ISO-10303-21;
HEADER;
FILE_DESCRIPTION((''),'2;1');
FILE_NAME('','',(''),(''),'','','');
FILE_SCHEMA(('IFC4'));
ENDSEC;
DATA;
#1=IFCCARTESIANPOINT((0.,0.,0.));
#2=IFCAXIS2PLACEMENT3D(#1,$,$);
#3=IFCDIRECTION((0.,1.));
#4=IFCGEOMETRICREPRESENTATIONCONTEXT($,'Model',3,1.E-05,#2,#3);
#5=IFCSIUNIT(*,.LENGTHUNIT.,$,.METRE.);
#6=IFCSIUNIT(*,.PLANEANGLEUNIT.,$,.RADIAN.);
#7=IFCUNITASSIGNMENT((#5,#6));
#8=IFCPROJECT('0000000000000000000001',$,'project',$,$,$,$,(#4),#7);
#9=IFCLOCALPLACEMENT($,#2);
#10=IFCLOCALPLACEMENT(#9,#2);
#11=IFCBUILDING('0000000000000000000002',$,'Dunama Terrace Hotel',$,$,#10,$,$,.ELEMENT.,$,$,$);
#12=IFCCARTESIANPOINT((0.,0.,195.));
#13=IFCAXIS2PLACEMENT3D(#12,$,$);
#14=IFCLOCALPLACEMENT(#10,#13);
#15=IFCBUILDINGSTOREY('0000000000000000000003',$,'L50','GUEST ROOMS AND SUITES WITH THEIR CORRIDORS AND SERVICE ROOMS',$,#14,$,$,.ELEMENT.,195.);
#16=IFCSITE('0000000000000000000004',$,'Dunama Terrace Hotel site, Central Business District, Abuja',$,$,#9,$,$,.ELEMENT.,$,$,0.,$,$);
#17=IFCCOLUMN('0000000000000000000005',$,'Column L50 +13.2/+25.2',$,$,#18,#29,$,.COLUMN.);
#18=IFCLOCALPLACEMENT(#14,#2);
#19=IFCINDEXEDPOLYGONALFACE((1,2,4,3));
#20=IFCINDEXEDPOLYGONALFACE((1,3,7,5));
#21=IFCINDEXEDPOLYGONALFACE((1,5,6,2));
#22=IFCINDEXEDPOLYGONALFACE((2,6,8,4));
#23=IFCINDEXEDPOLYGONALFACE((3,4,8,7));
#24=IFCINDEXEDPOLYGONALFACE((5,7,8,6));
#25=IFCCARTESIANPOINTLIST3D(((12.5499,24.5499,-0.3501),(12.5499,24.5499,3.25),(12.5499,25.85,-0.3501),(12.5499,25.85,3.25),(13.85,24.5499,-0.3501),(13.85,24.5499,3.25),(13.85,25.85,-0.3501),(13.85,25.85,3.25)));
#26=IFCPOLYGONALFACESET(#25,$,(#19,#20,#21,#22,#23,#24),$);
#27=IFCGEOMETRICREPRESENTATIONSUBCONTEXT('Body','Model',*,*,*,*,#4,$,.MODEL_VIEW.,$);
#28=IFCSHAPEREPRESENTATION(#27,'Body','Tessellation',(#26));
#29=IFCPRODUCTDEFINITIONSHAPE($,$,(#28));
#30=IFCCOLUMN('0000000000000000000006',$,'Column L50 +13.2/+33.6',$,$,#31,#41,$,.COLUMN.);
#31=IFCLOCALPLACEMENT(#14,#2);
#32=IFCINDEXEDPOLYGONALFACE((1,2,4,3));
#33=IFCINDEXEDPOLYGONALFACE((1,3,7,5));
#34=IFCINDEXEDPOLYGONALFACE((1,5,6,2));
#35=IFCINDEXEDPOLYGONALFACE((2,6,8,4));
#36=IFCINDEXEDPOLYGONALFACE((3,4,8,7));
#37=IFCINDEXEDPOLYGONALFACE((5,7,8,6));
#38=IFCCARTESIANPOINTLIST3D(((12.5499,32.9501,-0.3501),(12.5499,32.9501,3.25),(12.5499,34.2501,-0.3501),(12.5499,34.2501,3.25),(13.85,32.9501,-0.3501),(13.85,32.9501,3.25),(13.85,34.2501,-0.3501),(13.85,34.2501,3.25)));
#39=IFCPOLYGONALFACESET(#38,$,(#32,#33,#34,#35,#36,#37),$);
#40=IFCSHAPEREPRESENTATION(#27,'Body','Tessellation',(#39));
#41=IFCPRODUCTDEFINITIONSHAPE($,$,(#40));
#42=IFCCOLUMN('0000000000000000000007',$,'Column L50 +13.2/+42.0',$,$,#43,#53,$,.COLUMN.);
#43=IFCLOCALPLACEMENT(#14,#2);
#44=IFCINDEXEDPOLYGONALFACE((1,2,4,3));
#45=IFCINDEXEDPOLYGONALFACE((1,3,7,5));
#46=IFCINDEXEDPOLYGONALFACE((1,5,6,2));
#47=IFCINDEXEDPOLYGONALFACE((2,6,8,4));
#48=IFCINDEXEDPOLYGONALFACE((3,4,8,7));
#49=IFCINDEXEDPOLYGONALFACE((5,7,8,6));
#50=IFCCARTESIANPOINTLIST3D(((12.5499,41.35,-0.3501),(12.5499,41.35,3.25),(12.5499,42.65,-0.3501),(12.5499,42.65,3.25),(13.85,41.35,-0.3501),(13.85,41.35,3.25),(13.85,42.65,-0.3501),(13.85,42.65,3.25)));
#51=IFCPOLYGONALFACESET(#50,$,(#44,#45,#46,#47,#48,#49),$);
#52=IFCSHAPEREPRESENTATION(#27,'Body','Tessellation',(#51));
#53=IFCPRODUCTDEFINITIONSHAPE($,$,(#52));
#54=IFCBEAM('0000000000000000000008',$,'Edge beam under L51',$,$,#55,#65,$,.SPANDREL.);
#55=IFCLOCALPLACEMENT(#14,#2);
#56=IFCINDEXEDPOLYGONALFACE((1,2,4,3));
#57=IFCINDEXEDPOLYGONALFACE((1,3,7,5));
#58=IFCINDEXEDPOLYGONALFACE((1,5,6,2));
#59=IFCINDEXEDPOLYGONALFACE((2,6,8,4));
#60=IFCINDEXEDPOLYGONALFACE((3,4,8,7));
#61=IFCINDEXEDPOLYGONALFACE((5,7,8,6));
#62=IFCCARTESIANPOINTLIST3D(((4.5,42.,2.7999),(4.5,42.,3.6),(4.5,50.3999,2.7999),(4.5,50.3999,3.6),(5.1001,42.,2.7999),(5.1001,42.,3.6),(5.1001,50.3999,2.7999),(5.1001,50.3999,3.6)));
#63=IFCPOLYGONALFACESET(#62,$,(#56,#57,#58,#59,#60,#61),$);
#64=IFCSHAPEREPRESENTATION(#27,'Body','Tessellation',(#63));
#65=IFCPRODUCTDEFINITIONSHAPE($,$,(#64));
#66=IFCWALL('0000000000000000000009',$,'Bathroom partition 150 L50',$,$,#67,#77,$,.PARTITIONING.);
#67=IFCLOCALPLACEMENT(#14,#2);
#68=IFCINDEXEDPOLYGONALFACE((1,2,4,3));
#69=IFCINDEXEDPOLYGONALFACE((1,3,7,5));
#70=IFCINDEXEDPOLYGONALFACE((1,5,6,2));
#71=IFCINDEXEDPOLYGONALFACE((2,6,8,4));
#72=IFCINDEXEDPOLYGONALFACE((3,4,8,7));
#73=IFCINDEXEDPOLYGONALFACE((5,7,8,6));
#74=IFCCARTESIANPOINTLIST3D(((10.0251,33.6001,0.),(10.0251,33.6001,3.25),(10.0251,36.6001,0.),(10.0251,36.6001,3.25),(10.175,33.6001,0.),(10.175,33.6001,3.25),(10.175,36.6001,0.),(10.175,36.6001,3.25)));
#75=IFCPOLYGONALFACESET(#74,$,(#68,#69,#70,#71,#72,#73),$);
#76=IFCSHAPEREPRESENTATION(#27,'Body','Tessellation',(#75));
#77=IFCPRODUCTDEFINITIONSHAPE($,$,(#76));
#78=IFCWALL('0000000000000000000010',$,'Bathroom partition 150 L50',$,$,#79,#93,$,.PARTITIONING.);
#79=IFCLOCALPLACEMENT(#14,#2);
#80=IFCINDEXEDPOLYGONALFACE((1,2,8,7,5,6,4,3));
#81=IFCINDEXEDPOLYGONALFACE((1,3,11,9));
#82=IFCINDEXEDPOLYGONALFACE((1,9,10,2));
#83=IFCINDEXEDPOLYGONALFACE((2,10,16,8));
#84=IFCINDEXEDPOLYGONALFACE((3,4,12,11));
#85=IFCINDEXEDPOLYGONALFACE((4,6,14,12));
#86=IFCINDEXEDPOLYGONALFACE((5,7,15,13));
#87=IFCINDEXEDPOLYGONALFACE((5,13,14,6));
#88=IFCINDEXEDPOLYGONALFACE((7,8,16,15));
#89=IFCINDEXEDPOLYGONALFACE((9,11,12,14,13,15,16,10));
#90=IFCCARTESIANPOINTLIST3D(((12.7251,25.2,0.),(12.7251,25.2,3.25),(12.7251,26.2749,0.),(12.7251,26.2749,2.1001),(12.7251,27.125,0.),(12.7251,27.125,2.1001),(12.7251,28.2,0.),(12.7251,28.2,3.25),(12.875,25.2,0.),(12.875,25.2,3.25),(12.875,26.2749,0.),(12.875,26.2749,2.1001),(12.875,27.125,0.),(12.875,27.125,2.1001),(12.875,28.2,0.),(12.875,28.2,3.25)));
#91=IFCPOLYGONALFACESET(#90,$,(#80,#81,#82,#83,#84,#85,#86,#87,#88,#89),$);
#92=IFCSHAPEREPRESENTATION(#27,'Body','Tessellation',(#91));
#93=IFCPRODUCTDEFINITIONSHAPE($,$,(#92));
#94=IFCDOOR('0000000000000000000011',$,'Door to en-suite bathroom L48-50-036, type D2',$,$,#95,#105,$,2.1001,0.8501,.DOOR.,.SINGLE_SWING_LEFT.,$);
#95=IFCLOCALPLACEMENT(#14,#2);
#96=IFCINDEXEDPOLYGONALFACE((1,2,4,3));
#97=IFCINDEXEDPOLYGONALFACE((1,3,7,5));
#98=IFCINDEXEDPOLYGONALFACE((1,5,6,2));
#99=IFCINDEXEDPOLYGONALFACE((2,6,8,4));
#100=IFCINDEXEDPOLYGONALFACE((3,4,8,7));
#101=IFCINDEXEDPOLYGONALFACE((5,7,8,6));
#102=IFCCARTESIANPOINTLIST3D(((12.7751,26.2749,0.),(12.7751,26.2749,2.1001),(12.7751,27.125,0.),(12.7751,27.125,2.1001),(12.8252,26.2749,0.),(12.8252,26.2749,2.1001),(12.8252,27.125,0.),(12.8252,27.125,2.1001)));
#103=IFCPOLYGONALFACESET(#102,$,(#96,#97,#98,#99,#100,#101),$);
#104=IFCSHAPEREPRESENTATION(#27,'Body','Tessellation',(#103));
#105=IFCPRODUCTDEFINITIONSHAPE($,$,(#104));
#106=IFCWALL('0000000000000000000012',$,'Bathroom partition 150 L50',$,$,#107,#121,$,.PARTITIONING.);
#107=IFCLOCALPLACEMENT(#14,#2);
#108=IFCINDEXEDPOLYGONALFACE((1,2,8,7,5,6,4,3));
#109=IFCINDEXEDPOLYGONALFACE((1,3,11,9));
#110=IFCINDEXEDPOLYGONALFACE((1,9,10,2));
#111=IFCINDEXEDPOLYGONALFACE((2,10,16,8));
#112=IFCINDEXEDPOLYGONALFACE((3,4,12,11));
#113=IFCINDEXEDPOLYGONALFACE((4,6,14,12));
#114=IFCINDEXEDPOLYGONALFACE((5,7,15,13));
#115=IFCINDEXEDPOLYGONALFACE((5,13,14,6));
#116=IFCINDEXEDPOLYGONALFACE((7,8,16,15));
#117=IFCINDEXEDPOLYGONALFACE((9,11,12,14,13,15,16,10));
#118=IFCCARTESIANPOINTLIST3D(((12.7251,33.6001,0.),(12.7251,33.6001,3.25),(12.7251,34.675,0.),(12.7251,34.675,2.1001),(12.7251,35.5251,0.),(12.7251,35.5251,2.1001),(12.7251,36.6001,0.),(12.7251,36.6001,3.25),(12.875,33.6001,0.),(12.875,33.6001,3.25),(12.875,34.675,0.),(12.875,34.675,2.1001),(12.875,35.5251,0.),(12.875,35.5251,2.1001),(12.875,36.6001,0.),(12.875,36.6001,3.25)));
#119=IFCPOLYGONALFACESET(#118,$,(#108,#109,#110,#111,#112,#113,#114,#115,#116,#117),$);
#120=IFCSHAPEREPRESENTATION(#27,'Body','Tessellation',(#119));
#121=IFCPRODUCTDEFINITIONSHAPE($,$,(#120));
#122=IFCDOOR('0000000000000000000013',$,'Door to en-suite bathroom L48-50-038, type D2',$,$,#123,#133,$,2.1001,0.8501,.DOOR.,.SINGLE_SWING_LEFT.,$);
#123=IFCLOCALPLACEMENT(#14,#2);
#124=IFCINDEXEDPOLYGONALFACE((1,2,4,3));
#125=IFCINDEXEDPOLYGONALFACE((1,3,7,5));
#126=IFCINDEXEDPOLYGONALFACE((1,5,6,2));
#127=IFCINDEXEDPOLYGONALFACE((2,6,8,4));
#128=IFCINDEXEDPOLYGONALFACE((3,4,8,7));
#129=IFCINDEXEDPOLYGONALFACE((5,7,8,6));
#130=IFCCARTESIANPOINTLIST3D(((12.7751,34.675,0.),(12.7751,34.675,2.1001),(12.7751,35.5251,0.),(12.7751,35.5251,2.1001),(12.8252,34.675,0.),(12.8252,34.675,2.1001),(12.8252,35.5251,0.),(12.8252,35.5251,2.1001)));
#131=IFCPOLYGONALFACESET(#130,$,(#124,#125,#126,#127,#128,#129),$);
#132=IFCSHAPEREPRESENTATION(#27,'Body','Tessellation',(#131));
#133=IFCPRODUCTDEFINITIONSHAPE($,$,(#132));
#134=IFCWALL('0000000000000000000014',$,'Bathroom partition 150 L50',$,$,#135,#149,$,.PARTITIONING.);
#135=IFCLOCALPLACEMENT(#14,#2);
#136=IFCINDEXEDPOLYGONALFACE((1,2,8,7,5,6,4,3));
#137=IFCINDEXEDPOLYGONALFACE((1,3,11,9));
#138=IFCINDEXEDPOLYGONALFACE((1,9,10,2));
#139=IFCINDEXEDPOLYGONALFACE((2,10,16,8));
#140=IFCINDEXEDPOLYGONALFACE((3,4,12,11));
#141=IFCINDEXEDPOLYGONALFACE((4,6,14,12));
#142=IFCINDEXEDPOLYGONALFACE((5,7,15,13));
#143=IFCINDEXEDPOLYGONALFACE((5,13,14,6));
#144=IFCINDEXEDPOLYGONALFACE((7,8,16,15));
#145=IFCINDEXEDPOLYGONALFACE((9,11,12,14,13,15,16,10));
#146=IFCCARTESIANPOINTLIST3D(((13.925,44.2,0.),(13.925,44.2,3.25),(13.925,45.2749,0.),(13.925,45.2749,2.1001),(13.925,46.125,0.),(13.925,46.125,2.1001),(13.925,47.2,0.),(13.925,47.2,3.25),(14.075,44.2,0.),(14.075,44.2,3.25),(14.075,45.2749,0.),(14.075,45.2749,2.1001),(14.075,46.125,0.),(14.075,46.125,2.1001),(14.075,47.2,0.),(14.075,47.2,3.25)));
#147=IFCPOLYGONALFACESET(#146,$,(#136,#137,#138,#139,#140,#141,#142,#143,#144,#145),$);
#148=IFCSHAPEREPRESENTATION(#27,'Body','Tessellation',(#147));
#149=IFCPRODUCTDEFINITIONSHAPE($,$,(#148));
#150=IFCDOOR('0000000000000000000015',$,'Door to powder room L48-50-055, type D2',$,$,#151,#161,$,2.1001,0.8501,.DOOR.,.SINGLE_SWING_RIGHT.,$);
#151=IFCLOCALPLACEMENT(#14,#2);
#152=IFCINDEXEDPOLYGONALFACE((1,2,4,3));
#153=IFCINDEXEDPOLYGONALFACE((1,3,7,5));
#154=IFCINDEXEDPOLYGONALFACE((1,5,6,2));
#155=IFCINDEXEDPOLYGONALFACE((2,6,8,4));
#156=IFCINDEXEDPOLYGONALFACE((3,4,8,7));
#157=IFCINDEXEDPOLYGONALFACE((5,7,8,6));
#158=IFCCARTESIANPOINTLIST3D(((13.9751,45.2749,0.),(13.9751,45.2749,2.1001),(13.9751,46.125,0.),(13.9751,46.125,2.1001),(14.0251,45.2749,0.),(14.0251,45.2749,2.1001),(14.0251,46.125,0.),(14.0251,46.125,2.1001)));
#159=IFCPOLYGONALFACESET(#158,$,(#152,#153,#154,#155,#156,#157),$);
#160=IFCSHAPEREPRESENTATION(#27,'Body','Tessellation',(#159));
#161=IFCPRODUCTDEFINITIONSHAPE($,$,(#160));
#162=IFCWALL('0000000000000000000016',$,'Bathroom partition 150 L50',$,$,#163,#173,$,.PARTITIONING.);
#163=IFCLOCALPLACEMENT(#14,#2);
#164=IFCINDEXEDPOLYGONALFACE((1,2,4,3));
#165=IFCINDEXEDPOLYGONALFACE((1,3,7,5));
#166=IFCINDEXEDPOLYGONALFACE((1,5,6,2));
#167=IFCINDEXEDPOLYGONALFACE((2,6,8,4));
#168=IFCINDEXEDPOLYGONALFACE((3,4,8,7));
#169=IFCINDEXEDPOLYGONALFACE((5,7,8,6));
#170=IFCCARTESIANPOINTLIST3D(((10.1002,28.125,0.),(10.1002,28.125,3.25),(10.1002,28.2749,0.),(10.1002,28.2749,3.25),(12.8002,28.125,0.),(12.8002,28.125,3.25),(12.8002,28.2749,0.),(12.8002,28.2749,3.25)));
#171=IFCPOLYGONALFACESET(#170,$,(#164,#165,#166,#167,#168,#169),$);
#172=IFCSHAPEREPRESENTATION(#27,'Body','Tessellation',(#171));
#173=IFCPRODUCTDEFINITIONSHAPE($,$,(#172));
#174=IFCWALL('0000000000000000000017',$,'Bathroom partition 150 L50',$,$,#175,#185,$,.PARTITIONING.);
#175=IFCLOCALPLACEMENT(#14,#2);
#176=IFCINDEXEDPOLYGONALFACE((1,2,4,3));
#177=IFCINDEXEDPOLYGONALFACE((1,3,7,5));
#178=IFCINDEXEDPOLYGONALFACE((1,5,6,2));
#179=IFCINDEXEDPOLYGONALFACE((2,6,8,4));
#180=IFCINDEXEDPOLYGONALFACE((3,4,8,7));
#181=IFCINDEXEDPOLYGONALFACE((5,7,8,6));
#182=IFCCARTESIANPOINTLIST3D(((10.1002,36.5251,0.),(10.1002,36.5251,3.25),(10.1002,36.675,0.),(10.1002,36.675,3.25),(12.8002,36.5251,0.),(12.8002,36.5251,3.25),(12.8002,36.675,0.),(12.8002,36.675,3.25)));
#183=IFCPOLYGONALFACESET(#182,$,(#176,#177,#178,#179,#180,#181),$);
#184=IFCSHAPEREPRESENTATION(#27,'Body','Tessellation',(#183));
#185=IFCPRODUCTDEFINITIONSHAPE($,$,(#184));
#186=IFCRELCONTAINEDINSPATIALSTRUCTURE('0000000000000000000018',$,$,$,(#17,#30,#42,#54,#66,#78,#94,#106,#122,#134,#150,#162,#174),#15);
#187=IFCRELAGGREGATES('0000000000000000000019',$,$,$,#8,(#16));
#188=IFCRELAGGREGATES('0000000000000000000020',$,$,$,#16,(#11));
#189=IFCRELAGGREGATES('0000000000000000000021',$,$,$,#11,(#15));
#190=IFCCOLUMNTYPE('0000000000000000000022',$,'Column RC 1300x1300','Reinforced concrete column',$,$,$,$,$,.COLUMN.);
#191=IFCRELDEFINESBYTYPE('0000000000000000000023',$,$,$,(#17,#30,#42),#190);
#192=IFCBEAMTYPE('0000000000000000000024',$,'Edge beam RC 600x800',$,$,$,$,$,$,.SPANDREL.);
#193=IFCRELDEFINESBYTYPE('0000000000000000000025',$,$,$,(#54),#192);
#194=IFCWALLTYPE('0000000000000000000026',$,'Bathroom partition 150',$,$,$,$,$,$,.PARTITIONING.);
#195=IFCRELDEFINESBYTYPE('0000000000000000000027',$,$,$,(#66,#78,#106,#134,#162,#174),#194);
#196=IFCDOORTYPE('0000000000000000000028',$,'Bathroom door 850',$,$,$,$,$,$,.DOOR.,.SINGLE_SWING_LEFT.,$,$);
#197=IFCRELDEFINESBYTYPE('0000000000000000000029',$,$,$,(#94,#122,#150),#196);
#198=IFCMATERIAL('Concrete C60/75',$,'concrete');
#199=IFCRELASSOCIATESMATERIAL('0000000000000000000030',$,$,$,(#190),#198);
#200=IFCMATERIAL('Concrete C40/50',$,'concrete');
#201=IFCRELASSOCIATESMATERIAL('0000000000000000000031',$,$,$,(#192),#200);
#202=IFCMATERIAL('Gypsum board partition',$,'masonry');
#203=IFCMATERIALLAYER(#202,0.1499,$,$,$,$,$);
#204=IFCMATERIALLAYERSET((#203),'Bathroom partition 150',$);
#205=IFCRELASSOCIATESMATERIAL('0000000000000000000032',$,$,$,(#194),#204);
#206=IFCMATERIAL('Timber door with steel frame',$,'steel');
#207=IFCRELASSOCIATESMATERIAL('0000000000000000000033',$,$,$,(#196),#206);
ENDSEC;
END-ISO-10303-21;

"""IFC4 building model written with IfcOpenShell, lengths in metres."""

from ifc_helpers import new_model, si_unit, direction, frame, frame_2d, origin, origin_2d, place, context, subcontext, project, spatial, rectangle, extrude, material, layer, layer_set, material_profile, profile_set, type_object, element, fill, save


model = new_model("IFC4")

# Units and contexts
model_context = context("Model", 3, precision=1e-05, world=origin(), true_north=direction((0.0, 1.0)))
body_context = subcontext(model_context, "Body", "Model", "MODEL_VIEW")
ifc_project = project(units=[si_unit("LENGTHUNIT", "METRE"), si_unit("PLANEANGLEUNIT", "RADIAN")], contexts=[model_context])

# Site, building, storey
site_placement = place(None, origin())
site = spatial("IfcSite", under=ifc_project, at=site_placement, Name="Dunama Terrace Hotel site, Central Business District, Abuja", CompositionType="ELEMENT", RefElevation=0.0)
building_placement = place(site_placement, origin())
building = spatial("IfcBuilding", under=site, at=building_placement, Name="Dunama Terrace Hotel", CompositionType="ELEMENT")
storey_placement = place(building_placement, frame((0.0, 0.0, 195.0)))
storey = spatial("IfcBuildingStorey", under=building, at=storey_placement, Name="L50", Description="GUEST ROOMS AND SUITES WITH THEIR CORRIDORS AND SERVICE ROOMS", CompositionType="ELEMENT", Elevation=195.0)

# Columns
ifc_material_1 = material(Name="Concrete C60/75", Category="concrete")
ifc_material_profile_1 = material_profile(ifc_material_1, rectangle(XDim=1.3, YDim=1.3, at=origin_2d()), Name="RC 1300x1300")
ifc_profile_set_1 = profile_set([ifc_material_profile_1], Name="Concrete C60/75")
column_type = type_object("IfcColumnType", Name="Column RC 1300x1300", Description="Reinforced concrete column", PredefinedType="COLUMN", material=ifc_profile_set_1)
for number, where, z_axis, x_axis, name in (
    (1, (13.2, 25.2, -0.3501), (0.0, 0.0, 1.0), (1.0, 0.0, 0.0), "Column L50 +13.2/+25.2"),
    (2, (13.2, 33.6001, -0.3501), (0.0, 0.0, 1.0), (1.0, 0.0, 0.0), "Column L50 +13.2/+33.6"),
    (3, (13.2, 42.0, -0.3501), (0.0, 0.0, 1.0), (1.0, 0.0, 0.0), "Column L50 +13.2/+42.0"),
):
    element("IfcColumn", number, at=place(storey_placement, frame(where, z_axis=z_axis, x_axis=x_axis)), inside=storey, type_object=column_type, Name=name, PredefinedType="COLUMN", context=body_context, shape_type="SweptSolid", body=[
        extrude(rectangle(XDim=1.3, YDim=1.3, at=origin_2d()), origin(), (0.0, 0.0, 1.0), 3.6001),
    ])

# Beam
ifc_material_2 = material(Name="Concrete C40/50", Category="concrete")
ifc_material_profile_2 = material_profile(ifc_material_2, rectangle(XDim=0.6001, YDim=0.8, at=origin_2d()), Name="RC 600x800")
ifc_profile_set_2 = profile_set([ifc_material_profile_2], Name="Concrete C40/50")
beam_type = type_object("IfcBeamType", Name="Edge beam RC 600x800", PredefinedType="SPANDREL", material=ifc_profile_set_2)
beam_placement = place(storey_placement, frame((4.8, 42.0, 3.2), z_axis=(0.0, 1.0, 0.0), x_axis=(-1.0, 0.0, 0.0)))
element("IfcBeam", 4, at=beam_placement, inside=storey, type_object=beam_type, Name="Edge beam under L51", PredefinedType="SPANDREL", context=body_context, shape_type="SweptSolid", body=[
    extrude(rectangle(XDim=0.6001, YDim=0.8, at=origin_2d()), origin(), (0.0, 0.0, 1.0), 8.3999),
])

# Wall
ifc_material_3 = material(Name="Gypsum board partition", Category="masonry")
ifc_layer_1 = layer(ifc_material_3, 0.1499)
ifc_layer_set_1 = layer_set([ifc_layer_1], Name="Bathroom partition 150")
wall_type_1 = type_object("IfcWallType", Name="Bathroom partition 150", PredefinedType="PARTITIONING", material=ifc_layer_set_1)
wall_1_placement = place(storey_placement, frame((10.1001, 33.6001, 0.0), z_axis=(0.0, 0.0, 1.0), x_axis=(0.0, 1.0, 0.0)))
element("IfcWall", 5, at=wall_1_placement, inside=storey, type_object=wall_type_1, Name="Bathroom partition 150 L50", PredefinedType="PARTITIONING", context=body_context, shape_type="SweptSolid", body=[
    extrude(rectangle(XDim=3.0, YDim=0.1499, at=frame_2d((1.5, 0.0))), origin(), (0.0, 0.0, 1.0), 3.25),
])

# Walls, openings, doors
wall_2_placement = place(storey_placement, frame((12.8, 25.2, 0.0), z_axis=(0.0, 0.0, 1.0), x_axis=(0.0, 1.0, 0.0)))
wall_2 = element("IfcWall", 6, at=wall_2_placement, inside=storey, type_object=wall_type_1, Name="Bathroom partition 150 L50", PredefinedType="PARTITIONING", context=body_context, shape_type="SweptSolid", body=[
    extrude(rectangle(XDim=3.0, YDim=0.1499, at=frame_2d((1.5, 0.0))), origin(), (0.0, 0.0, 1.0), 3.25),
])
opening_1_placement = place(wall_2_placement, frame((1.075, 0.0, 0.0)))
opening_1 = element("IfcOpeningElement", 7, at=opening_1_placement, cuts=wall_2, PredefinedType="OPENING", context=body_context, shape_type="SweptSolid", body=[
    extrude(rectangle(XDim=0.8501, YDim=2.1001, at=frame_2d((0.425, 1.05))), frame((0.0, 0.085, 0.0), z_axis=(0.0, -1.0, 0.0), x_axis=(1.0, 0.0, 0.0)), (0.0, 0.0, 1.0), 0.1699),
])
ifc_material_4 = material(Name="Timber door with steel frame", Category="steel")
door_type = type_object("IfcDoorType", Name="Bathroom door 850", OperationType="SINGLE_SWING_LEFT", PredefinedType="DOOR", material=ifc_material_4)
door_1_placement = place(opening_1_placement, origin())
door_1 = element("IfcDoor", 8, at=door_1_placement, inside=storey, type_object=door_type, Name="Door to en-suite bathroom L48-50-036, type D2", OperationType="SINGLE_SWING_LEFT", OverallHeight=2.1001, OverallWidth=0.8501, PredefinedType="DOOR", context=body_context, shape_type="SweptSolid", body=[
    extrude(rectangle(XDim=0.8501, YDim=2.1001, at=frame_2d((0.425, 1.05))), frame((0.0, 0.0249, 0.0), z_axis=(0.0, -1.0, 0.0), x_axis=(1.0, 0.0, 0.0)), (0.0, 0.0, 1.0), 0.05),
])
fill(opening_1, door_1)
wall_3_placement = place(storey_placement, frame((12.8, 33.6001, 0.0), z_axis=(0.0, 0.0, 1.0), x_axis=(0.0, 1.0, 0.0)))
wall_3 = element("IfcWall", 9, at=wall_3_placement, inside=storey, type_object=wall_type_1, Name="Bathroom partition 150 L50", PredefinedType="PARTITIONING", context=body_context, shape_type="SweptSolid", body=[
    extrude(rectangle(XDim=3.0, YDim=0.1499, at=frame_2d((1.5, 0.0))), origin(), (0.0, 0.0, 1.0), 3.25),
])
opening_2_placement = place(wall_3_placement, frame((1.075, 0.0, 0.0)))
opening_2 = element("IfcOpeningElement", 10, at=opening_2_placement, cuts=wall_3, PredefinedType="OPENING", context=body_context, shape_type="SweptSolid", body=[
    extrude(rectangle(XDim=0.8501, YDim=2.1001, at=frame_2d((0.425, 1.05))), frame((0.0, 0.085, 0.0), z_axis=(0.0, -1.0, 0.0), x_axis=(1.0, 0.0, 0.0)), (0.0, 0.0, 1.0), 0.1699),
])
door_2_placement = place(opening_2_placement, origin())
door_2 = element("IfcDoor", 11, at=door_2_placement, inside=storey, type_object=door_type, Name="Door to en-suite bathroom L48-50-038, type D2", OperationType="SINGLE_SWING_LEFT", OverallHeight=2.1001, OverallWidth=0.8501, PredefinedType="DOOR", context=body_context, shape_type="SweptSolid", body=[
    extrude(rectangle(XDim=0.8501, YDim=2.1001, at=frame_2d((0.425, 1.05))), frame((0.0, 0.0249, 0.0), z_axis=(0.0, -1.0, 0.0), x_axis=(1.0, 0.0, 0.0)), (0.0, 0.0, 1.0), 0.05),
])
fill(opening_2, door_2)
wall_4_placement = place(storey_placement, frame((14.0, 44.2, 0.0), z_axis=(0.0, 0.0, 1.0), x_axis=(0.0, 1.0, 0.0)))
wall_4 = element("IfcWall", 12, at=wall_4_placement, inside=storey, type_object=wall_type_1, Name="Bathroom partition 150 L50", PredefinedType="PARTITIONING", context=body_context, shape_type="SweptSolid", body=[
    extrude(rectangle(XDim=3.0, YDim=0.1499, at=frame_2d((1.5, 0.0))), origin(), (0.0, 0.0, 1.0), 3.25),
])
opening_3_placement = place(wall_4_placement, frame((1.075, 0.0, 0.0)))
opening_3 = element("IfcOpeningElement", 13, at=opening_3_placement, cuts=wall_4, PredefinedType="OPENING", context=body_context, shape_type="SweptSolid", body=[
    extrude(rectangle(XDim=0.8501, YDim=2.1001, at=frame_2d((0.425, 1.05))), frame((0.0, 0.085, 0.0), z_axis=(0.0, -1.0, 0.0), x_axis=(1.0, 0.0, 0.0)), (0.0, 0.0, 1.0), 0.1699),
])
door_3_placement = place(opening_3_placement, frame((0.8501, 0.0, 0.0), z_axis=(0.0, 0.0, 1.0), x_axis=(-1.0, 0.0, 0.0)))
door_3 = element("IfcDoor", 14, at=door_3_placement, inside=storey, type_object=door_type, Name="Door to powder room L48-50-055, type D2", OperationType="SINGLE_SWING_RIGHT", OverallHeight=2.1001, OverallWidth=0.8501, PredefinedType="DOOR", context=body_context, shape_type="SweptSolid", body=[
    extrude(rectangle(XDim=0.8501, YDim=2.1001, at=frame_2d((0.425, 1.05))), frame((0.0, 0.0251, 0.0), z_axis=(0.0, -1.0, 0.0), x_axis=(1.0, 0.0, 0.0)), (0.0, 0.0, 1.0), 0.05),
])
fill(opening_3, door_3)

# Walls
for number, where, z_axis, x_axis, name in (
    (15, (10.1001, 28.2, 0.0), (0.0, 0.0, 1.0), (1.0, 0.0, 0.0), "Bathroom partition 150 L50"),
    (16, (10.1001, 36.6001, 0.0), (0.0, 0.0, 1.0), (1.0, 0.0, 0.0), "Bathroom partition 150 L50"),
):
    element("IfcWall", number, at=place(storey_placement, frame(where, z_axis=z_axis, x_axis=x_axis)), inside=storey, type_object=wall_type_1, Name=name, PredefinedType="PARTITIONING", context=body_context, shape_type="SweptSolid", body=[
        extrude(rectangle(XDim=2.7, YDim=0.1499, at=frame_2d((1.3501, 0.0))), origin(), (0.0, 0.0, 1.0), 3.25),
    ])

save(model, "model.ifc")
